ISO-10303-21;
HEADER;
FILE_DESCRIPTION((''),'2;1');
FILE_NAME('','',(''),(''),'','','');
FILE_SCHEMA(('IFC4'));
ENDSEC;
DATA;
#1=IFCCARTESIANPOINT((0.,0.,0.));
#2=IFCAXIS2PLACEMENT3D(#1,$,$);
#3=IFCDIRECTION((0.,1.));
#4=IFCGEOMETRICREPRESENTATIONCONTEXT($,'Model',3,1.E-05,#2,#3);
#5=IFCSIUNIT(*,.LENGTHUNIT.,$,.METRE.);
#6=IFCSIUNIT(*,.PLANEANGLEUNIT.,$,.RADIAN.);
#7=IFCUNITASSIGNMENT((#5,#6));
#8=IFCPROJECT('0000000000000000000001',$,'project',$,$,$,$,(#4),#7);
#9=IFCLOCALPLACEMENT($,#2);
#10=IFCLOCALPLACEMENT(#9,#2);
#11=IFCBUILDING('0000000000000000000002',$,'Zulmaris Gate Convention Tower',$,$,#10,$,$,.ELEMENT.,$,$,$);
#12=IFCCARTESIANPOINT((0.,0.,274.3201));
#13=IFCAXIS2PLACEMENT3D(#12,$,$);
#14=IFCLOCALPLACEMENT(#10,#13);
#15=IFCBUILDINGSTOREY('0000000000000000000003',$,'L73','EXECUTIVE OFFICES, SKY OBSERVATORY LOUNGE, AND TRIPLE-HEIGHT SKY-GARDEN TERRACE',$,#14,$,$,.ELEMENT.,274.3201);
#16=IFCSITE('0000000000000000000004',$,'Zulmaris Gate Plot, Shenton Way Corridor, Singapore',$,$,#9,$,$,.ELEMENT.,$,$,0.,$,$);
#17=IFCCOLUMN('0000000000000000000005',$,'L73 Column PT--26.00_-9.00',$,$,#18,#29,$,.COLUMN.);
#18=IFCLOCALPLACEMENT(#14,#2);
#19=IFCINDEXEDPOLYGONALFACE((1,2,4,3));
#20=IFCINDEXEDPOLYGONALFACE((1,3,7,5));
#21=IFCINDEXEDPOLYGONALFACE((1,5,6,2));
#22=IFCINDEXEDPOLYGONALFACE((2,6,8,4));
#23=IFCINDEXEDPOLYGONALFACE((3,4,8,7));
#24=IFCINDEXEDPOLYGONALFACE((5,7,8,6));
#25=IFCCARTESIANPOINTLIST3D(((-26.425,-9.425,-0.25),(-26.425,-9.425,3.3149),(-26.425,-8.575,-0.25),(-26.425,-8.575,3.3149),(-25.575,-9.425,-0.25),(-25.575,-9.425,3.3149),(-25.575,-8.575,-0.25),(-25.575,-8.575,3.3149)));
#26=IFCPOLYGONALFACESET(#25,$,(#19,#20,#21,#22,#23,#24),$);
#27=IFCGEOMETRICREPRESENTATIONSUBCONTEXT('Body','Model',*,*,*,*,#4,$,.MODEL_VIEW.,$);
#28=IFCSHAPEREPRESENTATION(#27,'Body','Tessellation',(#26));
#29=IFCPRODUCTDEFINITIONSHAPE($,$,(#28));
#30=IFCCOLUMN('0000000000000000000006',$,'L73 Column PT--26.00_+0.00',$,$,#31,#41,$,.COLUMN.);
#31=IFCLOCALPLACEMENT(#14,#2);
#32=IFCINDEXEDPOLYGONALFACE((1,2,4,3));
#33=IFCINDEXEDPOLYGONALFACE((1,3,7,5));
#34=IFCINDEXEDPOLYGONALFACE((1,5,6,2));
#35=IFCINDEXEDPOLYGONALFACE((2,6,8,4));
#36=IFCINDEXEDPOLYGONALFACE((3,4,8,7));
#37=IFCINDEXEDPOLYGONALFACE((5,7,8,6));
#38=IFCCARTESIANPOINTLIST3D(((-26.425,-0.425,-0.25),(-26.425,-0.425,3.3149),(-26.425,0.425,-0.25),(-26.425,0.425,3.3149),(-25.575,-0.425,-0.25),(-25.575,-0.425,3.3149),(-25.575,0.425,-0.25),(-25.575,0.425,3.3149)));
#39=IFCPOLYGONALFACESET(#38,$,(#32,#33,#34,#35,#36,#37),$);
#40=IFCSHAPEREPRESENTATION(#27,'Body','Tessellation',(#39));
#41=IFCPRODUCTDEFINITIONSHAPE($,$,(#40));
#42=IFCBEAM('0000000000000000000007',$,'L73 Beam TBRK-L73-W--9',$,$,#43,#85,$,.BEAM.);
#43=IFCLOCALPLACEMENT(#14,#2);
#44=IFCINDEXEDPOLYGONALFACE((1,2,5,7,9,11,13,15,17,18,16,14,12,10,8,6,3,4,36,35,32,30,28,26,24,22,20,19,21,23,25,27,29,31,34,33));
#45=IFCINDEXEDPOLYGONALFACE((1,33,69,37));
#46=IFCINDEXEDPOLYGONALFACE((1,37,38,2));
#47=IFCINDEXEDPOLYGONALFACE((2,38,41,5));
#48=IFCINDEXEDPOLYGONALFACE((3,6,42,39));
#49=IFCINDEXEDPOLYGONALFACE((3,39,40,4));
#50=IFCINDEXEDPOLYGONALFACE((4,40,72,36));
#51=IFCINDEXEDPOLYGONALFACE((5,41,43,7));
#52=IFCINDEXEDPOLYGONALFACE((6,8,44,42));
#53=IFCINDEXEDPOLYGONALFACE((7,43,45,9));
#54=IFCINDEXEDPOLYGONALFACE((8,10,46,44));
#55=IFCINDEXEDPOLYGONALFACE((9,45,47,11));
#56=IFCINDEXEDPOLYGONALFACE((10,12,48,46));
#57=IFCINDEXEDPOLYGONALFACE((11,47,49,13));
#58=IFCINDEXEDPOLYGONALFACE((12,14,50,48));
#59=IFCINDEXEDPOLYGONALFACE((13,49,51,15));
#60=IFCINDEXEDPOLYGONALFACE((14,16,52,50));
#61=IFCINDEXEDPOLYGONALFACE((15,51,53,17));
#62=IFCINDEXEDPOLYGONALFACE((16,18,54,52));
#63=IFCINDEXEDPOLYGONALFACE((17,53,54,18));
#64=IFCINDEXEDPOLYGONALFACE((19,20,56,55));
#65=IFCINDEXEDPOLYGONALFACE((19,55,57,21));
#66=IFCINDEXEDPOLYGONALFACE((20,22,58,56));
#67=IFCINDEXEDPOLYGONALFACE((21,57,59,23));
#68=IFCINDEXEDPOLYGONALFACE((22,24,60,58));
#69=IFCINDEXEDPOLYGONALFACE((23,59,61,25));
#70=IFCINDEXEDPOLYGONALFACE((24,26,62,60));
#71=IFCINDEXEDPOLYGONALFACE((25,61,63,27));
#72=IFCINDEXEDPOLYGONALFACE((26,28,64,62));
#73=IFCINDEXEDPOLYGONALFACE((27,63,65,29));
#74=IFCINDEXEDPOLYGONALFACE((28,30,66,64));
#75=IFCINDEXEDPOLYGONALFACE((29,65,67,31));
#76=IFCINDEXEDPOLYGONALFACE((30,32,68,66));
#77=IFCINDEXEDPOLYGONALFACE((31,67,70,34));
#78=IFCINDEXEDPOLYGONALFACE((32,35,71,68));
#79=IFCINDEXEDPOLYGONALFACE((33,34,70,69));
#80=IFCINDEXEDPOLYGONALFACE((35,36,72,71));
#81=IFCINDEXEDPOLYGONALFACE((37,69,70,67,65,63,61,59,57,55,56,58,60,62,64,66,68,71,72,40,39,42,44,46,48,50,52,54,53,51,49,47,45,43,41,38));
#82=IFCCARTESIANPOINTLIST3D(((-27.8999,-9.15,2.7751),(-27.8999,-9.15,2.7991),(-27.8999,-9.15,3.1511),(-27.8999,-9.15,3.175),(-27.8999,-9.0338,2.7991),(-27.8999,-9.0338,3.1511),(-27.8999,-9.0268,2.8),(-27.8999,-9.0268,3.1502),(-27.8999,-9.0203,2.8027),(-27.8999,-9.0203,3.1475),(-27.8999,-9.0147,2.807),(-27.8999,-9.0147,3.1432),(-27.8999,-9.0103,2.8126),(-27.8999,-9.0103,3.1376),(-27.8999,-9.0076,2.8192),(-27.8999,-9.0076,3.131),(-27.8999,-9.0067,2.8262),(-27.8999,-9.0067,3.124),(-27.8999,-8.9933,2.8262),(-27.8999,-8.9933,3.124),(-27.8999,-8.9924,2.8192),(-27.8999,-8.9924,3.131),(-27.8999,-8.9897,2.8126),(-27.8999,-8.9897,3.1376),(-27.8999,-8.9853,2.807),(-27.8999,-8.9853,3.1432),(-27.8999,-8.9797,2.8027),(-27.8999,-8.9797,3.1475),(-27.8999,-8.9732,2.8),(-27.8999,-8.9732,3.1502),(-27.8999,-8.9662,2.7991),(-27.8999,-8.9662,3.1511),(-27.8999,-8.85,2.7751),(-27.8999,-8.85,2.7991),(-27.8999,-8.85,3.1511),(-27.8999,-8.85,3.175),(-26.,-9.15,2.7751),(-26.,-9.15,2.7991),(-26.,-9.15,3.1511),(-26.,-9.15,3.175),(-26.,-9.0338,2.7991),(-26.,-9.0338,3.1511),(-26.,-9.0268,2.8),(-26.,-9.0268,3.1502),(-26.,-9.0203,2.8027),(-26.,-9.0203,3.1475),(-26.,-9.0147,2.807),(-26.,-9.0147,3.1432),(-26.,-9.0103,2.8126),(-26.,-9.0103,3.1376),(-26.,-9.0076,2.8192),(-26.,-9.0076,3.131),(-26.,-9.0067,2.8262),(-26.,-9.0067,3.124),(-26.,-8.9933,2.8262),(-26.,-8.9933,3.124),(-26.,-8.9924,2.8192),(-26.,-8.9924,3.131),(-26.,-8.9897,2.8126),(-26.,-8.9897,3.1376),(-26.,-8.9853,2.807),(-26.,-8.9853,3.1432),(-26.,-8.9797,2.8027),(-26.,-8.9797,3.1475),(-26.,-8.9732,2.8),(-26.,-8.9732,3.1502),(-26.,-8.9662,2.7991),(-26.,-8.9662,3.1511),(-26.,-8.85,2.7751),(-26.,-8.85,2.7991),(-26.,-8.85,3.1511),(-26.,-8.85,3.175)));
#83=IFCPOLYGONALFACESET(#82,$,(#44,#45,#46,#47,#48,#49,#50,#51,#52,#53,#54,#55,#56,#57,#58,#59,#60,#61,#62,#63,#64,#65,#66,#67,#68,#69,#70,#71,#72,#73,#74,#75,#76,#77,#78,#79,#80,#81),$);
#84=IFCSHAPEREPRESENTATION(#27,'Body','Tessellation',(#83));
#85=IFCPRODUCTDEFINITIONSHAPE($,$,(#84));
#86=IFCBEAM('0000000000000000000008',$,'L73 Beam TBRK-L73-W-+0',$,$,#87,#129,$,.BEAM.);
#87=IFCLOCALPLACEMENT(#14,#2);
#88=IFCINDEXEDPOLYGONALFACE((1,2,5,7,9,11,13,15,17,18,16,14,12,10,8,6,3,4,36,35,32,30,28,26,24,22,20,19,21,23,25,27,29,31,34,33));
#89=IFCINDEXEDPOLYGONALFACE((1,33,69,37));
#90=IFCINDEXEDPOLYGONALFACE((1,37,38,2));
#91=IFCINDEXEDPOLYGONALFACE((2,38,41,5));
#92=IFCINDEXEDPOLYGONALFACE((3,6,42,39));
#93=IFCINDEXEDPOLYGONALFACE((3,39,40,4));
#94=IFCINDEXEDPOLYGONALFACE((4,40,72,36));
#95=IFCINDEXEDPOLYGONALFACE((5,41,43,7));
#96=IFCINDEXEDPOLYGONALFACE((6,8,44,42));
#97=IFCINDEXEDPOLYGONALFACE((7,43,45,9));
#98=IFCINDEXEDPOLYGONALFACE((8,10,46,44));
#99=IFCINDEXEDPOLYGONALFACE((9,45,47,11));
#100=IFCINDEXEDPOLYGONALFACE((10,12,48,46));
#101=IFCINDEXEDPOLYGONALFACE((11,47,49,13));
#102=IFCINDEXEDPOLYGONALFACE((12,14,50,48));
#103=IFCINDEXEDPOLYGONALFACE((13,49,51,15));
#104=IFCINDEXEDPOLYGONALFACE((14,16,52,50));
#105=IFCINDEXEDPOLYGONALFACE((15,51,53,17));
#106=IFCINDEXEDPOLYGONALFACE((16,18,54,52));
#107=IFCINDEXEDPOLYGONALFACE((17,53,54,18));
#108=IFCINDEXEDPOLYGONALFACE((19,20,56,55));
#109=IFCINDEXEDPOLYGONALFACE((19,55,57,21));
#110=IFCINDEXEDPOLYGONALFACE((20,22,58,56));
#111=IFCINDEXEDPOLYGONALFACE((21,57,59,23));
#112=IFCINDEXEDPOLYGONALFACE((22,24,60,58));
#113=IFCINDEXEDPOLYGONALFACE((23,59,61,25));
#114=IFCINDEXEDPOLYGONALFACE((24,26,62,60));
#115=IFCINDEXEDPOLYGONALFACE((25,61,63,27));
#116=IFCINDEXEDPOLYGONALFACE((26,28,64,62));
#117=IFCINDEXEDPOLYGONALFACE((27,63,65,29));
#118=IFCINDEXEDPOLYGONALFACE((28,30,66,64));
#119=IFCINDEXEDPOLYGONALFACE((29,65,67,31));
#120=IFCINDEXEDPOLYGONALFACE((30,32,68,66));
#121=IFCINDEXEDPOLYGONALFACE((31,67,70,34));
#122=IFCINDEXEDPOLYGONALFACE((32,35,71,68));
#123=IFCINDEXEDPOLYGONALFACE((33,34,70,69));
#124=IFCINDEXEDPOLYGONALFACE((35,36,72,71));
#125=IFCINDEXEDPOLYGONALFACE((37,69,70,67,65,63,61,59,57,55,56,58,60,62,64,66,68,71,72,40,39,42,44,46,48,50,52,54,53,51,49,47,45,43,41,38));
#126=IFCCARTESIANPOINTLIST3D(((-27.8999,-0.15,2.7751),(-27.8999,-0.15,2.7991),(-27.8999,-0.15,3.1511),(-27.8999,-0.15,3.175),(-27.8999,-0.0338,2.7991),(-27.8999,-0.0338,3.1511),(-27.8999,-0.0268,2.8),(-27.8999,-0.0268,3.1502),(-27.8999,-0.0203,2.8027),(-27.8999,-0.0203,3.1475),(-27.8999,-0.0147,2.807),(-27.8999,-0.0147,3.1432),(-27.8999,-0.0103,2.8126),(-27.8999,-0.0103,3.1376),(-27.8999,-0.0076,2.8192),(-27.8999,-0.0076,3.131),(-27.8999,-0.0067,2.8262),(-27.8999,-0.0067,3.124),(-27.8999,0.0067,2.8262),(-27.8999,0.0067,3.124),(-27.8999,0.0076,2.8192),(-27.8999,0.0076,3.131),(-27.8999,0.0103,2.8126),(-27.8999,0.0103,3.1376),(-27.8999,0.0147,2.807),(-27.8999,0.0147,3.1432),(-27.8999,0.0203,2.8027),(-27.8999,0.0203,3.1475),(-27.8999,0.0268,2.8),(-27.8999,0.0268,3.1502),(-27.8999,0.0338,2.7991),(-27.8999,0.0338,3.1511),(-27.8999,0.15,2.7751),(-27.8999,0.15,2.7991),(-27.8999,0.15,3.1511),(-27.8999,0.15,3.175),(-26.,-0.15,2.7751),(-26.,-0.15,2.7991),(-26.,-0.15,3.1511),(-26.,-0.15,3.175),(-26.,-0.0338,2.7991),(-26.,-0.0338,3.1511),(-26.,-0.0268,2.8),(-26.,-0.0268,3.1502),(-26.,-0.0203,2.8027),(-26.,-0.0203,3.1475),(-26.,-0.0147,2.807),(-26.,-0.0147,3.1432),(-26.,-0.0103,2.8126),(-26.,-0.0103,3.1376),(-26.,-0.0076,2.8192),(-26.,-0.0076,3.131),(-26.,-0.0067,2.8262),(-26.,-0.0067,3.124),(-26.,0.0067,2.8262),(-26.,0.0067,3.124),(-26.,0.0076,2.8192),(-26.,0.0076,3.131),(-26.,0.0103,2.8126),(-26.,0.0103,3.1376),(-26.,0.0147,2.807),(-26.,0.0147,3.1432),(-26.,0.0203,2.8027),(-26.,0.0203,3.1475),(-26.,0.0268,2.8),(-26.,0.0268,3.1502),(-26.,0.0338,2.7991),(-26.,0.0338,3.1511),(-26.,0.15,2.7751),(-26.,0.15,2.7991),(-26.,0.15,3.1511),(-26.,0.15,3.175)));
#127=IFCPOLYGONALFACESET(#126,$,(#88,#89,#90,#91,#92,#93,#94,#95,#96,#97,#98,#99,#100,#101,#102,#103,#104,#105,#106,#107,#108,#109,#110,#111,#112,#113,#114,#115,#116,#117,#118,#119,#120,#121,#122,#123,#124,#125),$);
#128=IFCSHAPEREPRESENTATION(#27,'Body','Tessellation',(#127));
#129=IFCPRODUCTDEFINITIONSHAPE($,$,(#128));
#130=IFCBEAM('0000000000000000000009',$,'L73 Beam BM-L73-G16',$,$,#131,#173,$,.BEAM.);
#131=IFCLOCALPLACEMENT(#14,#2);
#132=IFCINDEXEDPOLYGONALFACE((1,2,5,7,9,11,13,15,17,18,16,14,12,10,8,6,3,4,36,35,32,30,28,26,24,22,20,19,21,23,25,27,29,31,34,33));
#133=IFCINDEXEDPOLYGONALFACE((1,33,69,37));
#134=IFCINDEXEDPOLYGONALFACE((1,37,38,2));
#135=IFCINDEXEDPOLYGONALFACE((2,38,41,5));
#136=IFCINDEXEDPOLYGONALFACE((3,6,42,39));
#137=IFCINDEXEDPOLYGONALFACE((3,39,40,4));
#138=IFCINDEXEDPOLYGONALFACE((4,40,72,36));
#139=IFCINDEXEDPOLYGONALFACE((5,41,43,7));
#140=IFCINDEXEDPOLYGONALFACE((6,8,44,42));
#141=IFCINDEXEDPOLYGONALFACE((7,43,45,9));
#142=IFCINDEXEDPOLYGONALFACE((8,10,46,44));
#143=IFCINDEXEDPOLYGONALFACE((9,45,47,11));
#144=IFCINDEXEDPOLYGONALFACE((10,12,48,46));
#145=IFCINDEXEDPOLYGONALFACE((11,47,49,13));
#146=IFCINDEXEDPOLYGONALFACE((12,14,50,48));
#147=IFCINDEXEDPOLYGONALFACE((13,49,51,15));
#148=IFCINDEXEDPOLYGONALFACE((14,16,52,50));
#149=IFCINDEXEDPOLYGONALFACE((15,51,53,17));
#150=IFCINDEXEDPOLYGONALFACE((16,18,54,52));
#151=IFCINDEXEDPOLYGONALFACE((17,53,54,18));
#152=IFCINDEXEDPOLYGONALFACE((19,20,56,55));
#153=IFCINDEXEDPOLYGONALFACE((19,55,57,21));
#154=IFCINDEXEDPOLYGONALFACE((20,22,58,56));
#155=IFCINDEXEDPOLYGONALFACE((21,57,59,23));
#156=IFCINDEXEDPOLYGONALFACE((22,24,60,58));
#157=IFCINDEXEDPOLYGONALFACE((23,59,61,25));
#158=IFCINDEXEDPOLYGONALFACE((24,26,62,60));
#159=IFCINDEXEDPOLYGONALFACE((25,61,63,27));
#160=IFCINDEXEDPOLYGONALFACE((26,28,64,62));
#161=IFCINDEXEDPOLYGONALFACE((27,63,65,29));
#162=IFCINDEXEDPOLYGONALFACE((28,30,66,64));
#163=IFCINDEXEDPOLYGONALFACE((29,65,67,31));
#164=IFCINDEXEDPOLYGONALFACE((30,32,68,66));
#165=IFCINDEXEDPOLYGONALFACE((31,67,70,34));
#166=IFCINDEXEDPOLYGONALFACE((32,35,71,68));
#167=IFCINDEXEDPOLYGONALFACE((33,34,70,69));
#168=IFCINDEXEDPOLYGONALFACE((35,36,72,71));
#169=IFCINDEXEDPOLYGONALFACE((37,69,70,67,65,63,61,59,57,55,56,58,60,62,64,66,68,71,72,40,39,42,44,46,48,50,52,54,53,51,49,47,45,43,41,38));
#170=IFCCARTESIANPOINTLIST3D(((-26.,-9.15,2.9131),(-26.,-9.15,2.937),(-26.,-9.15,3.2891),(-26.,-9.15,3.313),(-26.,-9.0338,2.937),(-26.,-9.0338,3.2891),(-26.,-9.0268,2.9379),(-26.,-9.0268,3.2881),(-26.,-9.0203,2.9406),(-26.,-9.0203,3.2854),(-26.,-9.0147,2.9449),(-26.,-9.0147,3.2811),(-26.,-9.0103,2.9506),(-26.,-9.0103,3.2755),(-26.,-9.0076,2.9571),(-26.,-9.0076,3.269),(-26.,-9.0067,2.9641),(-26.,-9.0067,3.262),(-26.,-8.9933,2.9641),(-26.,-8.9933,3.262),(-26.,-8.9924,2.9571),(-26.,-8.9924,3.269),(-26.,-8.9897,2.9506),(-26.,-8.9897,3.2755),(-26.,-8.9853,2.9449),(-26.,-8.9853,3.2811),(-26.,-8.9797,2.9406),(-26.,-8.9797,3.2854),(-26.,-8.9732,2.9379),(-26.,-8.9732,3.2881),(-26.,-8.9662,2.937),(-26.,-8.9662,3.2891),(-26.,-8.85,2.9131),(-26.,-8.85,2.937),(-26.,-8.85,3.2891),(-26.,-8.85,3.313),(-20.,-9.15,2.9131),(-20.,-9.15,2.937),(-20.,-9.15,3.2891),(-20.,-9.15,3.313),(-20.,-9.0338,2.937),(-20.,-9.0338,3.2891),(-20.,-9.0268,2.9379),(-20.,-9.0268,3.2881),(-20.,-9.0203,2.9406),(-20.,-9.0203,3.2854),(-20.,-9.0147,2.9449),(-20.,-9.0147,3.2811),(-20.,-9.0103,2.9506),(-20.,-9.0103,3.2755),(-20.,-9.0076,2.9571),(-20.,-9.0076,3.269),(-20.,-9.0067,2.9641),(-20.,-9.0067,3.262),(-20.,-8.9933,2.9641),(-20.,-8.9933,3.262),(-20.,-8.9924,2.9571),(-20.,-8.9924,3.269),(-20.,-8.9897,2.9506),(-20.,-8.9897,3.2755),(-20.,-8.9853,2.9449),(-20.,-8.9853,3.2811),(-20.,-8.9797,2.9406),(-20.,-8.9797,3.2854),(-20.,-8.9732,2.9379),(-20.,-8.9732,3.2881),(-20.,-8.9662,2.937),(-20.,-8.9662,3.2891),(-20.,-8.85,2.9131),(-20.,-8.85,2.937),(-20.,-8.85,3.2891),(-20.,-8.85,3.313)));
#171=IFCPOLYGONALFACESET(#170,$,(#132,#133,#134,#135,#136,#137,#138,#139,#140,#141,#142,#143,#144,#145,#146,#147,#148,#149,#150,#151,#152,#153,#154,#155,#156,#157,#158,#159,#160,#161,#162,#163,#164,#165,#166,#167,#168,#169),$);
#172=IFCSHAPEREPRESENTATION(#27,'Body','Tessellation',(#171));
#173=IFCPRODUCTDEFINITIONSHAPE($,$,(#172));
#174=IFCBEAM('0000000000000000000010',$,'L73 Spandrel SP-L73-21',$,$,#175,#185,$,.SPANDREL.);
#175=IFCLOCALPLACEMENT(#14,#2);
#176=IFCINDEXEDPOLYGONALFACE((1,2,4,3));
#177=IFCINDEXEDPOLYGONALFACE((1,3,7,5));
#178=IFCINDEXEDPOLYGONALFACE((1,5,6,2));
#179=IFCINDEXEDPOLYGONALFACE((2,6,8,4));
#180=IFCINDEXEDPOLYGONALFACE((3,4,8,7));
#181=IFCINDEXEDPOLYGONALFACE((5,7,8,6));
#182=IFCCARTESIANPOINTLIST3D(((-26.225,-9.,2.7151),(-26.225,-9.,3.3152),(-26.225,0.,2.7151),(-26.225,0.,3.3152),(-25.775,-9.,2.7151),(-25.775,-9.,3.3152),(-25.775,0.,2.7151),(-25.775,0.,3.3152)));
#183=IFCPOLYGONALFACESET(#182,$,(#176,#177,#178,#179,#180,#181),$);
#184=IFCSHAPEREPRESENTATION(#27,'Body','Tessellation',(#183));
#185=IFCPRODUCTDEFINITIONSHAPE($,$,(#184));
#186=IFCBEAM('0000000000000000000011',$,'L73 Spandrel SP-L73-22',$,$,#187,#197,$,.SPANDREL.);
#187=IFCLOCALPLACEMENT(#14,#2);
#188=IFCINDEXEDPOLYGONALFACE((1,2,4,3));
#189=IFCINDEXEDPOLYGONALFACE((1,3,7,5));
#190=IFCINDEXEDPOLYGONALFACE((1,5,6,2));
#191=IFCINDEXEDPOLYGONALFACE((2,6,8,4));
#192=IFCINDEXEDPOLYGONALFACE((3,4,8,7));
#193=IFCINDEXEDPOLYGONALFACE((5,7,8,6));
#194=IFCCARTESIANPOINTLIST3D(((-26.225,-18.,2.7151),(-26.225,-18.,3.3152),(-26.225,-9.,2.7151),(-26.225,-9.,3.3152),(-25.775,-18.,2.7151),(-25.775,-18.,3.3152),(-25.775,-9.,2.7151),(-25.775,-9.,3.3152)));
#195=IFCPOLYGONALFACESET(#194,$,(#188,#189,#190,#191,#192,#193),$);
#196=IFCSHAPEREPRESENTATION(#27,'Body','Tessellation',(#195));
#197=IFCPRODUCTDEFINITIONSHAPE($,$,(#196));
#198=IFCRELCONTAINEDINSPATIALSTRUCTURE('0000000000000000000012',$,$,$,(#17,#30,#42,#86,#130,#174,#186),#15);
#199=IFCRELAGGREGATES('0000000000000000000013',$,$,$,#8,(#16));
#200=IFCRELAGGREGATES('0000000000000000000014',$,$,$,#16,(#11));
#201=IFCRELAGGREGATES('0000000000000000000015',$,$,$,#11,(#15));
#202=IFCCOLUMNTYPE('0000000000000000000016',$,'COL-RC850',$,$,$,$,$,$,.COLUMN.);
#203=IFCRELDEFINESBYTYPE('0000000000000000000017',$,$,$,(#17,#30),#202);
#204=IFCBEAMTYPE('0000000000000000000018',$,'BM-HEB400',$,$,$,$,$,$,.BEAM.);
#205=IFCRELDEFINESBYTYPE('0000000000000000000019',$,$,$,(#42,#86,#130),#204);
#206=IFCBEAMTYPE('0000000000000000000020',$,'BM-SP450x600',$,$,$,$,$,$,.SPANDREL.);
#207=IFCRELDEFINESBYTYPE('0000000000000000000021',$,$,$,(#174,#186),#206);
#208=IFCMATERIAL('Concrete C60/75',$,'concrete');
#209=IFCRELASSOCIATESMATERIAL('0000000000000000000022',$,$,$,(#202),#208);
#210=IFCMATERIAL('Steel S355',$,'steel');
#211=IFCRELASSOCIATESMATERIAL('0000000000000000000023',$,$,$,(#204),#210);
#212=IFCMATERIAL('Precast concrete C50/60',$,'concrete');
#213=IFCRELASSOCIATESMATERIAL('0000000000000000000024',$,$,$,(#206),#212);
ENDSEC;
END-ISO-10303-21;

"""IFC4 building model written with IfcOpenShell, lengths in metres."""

from ifc_helpers import new_model, si_unit, direction, frame, origin, origin_2d, place, context, subcontext, project, spatial, rectangle, i_section, extrude, material, material_profile, profile_set, type_object, element, save


model = new_model("IFC4")

# Units and contexts
model_context = context("Model", 3, precision=1e-05, world=origin(), true_north=direction((0.0, 1.0)))
body_context = subcontext(model_context, "Body", "Model", "MODEL_VIEW")
ifc_project = project(units=[si_unit("LENGTHUNIT", "METRE"), si_unit("PLANEANGLEUNIT", "RADIAN")], contexts=[model_context])

# Site, building, storey
site_placement = place(None, origin())
site = spatial("IfcSite", under=ifc_project, at=site_placement, Name="Zulmaris Gate Plot, Shenton Way Corridor, Singapore", CompositionType="ELEMENT", RefElevation=0.0)
building_placement = place(site_placement, origin())
building = spatial("IfcBuilding", under=site, at=building_placement, Name="Zulmaris Gate Convention Tower", CompositionType="ELEMENT")
storey_placement = place(building_placement, frame((0.0, 0.0, 274.3201)))
storey = spatial("IfcBuildingStorey", under=building, at=storey_placement, Name="L73", Description="EXECUTIVE OFFICES, SKY OBSERVATORY LOUNGE, AND TRIPLE-HEIGHT SKY-GARDEN TERRACE", CompositionType="ELEMENT", Elevation=274.3201)

# Columns
ifc_material_1 = material(Name="Concrete C60/75", Category="concrete")
ifc_material_profile_1 = material_profile(ifc_material_1, rectangle(XDim=0.8501, YDim=0.8501, at=origin_2d()), Name="RC COL 850x850")
ifc_profile_set_1 = profile_set([ifc_material_profile_1], Name="Concrete C60/75")
column_type = type_object("IfcColumnType", Name="COL-RC850", PredefinedType="COLUMN", material=ifc_profile_set_1)
for number, where, z_axis, x_axis, name in (
    (1, (-26.0, -9.0, -0.25), (0.0, 0.0, 1.0), (1.0, 0.0, 0.0), "L73 Column PT--26.00_-9.00"),
    (2, (-26.0, 0.0, -0.25), (0.0, 0.0, 1.0), (1.0, 0.0, 0.0), "L73 Column PT--26.00_+0.00"),
):
    element("IfcColumn", number, at=place(storey_placement, frame(where, z_axis=z_axis, x_axis=x_axis)), inside=storey, type_object=column_type, Name=name, PredefinedType="COLUMN", context=body_context, shape_type="SweptSolid", body=[
        extrude(rectangle(XDim=0.8501, YDim=0.8501, at=origin_2d()), origin(), (0.0, 0.0, 1.0), 3.5649),
    ])

# Beams
ifc_material_2 = material(Name="Steel S355", Category="steel")
ifc_material_profile_2 = material_profile(ifc_material_2, i_section(OverallWidth=0.3, OverallDepth=0.3999, WebThickness=0.0134, FlangeThickness=0.0239, FilletRadius=0.0271, at=origin_2d()), Name="HEB 400")
ifc_profile_set_2 = profile_set([ifc_material_profile_2], Name="Steel S355")
beam_type_1 = type_object("IfcBeamType", Name="BM-HEB400", PredefinedType="BEAM", material=ifc_profile_set_2)
for number, where, z_axis, x_axis, name in (
    (3, (-27.8999, -9.0, 2.9751), (1.0, 0.0, 0.0), (0.0, 1.0, 0.0), "L73 Beam TBRK-L73-W--9"),
    (4, (-27.8999, 0.0, 2.9751), (1.0, 0.0, 0.0), (0.0, 1.0, 0.0), "L73 Beam TBRK-L73-W-+0"),
):
    element("IfcBeam", number, at=place(storey_placement, frame(where, z_axis=z_axis, x_axis=x_axis)), inside=storey, type_object=beam_type_1, Name=name, PredefinedType="BEAM", context=body_context, shape_type="SweptSolid", body=[
        extrude(i_section(OverallWidth=0.3, OverallDepth=0.3999, WebThickness=0.0134, FlangeThickness=0.0239, FilletRadius=0.0271, at=origin_2d()), origin(), (0.0, 0.0, 1.0), 1.8999),
    ])
beam_placement = place(storey_placement, frame((-26.0, -9.0, 3.113), z_axis=(1.0, 0.0, 0.0), x_axis=(0.0, 1.0, 0.0)))
element("IfcBeam", 5, at=beam_placement, inside=storey, type_object=beam_type_1, Name="L73 Beam BM-L73-G16", PredefinedType="BEAM", context=body_context, shape_type="SweptSolid", body=[
    extrude(i_section(OverallWidth=0.3, OverallDepth=0.3999, WebThickness=0.0134, FlangeThickness=0.0239, FilletRadius=0.0271, at=origin_2d()), origin(), (0.0, 0.0, 1.0), 6.0),
])
ifc_material_3 = material(Name="Precast concrete C50/60", Category="concrete")
ifc_material_profile_3 = material_profile(ifc_material_3, rectangle(XDim=0.45, YDim=0.6001, at=origin_2d()), Name="RC SPANDREL 450x600")
ifc_profile_set_3 = profile_set([ifc_material_profile_3], Name="Precast concrete C50/60")
beam_type_2 = type_object("IfcBeamType", Name="BM-SP450x600", PredefinedType="SPANDREL", material=ifc_profile_set_3)
for number, where, z_axis, x_axis, name in (
    (6, (-26.0, 0.0, 3.0151), (0.0, -1.0, 0.0), (1.0, 0.0, 0.0), "L73 Spandrel SP-L73-21"),
    (7, (-26.0, -9.0, 3.0151), (0.0, -1.0, 0.0), (1.0, 0.0, 0.0), "L73 Spandrel SP-L73-22"),
):
    element("IfcBeam", number, at=place(storey_placement, frame(where, z_axis=z_axis, x_axis=x_axis)), inside=storey, type_object=beam_type_2, Name=name, PredefinedType="SPANDREL", context=body_context, shape_type="SweptSolid", body=[
        extrude(rectangle(XDim=0.45, YDim=0.6001, at=origin_2d()), origin(), (0.0, 0.0, 1.0), 9.0),
    ])

save(model, "model.ifc")
